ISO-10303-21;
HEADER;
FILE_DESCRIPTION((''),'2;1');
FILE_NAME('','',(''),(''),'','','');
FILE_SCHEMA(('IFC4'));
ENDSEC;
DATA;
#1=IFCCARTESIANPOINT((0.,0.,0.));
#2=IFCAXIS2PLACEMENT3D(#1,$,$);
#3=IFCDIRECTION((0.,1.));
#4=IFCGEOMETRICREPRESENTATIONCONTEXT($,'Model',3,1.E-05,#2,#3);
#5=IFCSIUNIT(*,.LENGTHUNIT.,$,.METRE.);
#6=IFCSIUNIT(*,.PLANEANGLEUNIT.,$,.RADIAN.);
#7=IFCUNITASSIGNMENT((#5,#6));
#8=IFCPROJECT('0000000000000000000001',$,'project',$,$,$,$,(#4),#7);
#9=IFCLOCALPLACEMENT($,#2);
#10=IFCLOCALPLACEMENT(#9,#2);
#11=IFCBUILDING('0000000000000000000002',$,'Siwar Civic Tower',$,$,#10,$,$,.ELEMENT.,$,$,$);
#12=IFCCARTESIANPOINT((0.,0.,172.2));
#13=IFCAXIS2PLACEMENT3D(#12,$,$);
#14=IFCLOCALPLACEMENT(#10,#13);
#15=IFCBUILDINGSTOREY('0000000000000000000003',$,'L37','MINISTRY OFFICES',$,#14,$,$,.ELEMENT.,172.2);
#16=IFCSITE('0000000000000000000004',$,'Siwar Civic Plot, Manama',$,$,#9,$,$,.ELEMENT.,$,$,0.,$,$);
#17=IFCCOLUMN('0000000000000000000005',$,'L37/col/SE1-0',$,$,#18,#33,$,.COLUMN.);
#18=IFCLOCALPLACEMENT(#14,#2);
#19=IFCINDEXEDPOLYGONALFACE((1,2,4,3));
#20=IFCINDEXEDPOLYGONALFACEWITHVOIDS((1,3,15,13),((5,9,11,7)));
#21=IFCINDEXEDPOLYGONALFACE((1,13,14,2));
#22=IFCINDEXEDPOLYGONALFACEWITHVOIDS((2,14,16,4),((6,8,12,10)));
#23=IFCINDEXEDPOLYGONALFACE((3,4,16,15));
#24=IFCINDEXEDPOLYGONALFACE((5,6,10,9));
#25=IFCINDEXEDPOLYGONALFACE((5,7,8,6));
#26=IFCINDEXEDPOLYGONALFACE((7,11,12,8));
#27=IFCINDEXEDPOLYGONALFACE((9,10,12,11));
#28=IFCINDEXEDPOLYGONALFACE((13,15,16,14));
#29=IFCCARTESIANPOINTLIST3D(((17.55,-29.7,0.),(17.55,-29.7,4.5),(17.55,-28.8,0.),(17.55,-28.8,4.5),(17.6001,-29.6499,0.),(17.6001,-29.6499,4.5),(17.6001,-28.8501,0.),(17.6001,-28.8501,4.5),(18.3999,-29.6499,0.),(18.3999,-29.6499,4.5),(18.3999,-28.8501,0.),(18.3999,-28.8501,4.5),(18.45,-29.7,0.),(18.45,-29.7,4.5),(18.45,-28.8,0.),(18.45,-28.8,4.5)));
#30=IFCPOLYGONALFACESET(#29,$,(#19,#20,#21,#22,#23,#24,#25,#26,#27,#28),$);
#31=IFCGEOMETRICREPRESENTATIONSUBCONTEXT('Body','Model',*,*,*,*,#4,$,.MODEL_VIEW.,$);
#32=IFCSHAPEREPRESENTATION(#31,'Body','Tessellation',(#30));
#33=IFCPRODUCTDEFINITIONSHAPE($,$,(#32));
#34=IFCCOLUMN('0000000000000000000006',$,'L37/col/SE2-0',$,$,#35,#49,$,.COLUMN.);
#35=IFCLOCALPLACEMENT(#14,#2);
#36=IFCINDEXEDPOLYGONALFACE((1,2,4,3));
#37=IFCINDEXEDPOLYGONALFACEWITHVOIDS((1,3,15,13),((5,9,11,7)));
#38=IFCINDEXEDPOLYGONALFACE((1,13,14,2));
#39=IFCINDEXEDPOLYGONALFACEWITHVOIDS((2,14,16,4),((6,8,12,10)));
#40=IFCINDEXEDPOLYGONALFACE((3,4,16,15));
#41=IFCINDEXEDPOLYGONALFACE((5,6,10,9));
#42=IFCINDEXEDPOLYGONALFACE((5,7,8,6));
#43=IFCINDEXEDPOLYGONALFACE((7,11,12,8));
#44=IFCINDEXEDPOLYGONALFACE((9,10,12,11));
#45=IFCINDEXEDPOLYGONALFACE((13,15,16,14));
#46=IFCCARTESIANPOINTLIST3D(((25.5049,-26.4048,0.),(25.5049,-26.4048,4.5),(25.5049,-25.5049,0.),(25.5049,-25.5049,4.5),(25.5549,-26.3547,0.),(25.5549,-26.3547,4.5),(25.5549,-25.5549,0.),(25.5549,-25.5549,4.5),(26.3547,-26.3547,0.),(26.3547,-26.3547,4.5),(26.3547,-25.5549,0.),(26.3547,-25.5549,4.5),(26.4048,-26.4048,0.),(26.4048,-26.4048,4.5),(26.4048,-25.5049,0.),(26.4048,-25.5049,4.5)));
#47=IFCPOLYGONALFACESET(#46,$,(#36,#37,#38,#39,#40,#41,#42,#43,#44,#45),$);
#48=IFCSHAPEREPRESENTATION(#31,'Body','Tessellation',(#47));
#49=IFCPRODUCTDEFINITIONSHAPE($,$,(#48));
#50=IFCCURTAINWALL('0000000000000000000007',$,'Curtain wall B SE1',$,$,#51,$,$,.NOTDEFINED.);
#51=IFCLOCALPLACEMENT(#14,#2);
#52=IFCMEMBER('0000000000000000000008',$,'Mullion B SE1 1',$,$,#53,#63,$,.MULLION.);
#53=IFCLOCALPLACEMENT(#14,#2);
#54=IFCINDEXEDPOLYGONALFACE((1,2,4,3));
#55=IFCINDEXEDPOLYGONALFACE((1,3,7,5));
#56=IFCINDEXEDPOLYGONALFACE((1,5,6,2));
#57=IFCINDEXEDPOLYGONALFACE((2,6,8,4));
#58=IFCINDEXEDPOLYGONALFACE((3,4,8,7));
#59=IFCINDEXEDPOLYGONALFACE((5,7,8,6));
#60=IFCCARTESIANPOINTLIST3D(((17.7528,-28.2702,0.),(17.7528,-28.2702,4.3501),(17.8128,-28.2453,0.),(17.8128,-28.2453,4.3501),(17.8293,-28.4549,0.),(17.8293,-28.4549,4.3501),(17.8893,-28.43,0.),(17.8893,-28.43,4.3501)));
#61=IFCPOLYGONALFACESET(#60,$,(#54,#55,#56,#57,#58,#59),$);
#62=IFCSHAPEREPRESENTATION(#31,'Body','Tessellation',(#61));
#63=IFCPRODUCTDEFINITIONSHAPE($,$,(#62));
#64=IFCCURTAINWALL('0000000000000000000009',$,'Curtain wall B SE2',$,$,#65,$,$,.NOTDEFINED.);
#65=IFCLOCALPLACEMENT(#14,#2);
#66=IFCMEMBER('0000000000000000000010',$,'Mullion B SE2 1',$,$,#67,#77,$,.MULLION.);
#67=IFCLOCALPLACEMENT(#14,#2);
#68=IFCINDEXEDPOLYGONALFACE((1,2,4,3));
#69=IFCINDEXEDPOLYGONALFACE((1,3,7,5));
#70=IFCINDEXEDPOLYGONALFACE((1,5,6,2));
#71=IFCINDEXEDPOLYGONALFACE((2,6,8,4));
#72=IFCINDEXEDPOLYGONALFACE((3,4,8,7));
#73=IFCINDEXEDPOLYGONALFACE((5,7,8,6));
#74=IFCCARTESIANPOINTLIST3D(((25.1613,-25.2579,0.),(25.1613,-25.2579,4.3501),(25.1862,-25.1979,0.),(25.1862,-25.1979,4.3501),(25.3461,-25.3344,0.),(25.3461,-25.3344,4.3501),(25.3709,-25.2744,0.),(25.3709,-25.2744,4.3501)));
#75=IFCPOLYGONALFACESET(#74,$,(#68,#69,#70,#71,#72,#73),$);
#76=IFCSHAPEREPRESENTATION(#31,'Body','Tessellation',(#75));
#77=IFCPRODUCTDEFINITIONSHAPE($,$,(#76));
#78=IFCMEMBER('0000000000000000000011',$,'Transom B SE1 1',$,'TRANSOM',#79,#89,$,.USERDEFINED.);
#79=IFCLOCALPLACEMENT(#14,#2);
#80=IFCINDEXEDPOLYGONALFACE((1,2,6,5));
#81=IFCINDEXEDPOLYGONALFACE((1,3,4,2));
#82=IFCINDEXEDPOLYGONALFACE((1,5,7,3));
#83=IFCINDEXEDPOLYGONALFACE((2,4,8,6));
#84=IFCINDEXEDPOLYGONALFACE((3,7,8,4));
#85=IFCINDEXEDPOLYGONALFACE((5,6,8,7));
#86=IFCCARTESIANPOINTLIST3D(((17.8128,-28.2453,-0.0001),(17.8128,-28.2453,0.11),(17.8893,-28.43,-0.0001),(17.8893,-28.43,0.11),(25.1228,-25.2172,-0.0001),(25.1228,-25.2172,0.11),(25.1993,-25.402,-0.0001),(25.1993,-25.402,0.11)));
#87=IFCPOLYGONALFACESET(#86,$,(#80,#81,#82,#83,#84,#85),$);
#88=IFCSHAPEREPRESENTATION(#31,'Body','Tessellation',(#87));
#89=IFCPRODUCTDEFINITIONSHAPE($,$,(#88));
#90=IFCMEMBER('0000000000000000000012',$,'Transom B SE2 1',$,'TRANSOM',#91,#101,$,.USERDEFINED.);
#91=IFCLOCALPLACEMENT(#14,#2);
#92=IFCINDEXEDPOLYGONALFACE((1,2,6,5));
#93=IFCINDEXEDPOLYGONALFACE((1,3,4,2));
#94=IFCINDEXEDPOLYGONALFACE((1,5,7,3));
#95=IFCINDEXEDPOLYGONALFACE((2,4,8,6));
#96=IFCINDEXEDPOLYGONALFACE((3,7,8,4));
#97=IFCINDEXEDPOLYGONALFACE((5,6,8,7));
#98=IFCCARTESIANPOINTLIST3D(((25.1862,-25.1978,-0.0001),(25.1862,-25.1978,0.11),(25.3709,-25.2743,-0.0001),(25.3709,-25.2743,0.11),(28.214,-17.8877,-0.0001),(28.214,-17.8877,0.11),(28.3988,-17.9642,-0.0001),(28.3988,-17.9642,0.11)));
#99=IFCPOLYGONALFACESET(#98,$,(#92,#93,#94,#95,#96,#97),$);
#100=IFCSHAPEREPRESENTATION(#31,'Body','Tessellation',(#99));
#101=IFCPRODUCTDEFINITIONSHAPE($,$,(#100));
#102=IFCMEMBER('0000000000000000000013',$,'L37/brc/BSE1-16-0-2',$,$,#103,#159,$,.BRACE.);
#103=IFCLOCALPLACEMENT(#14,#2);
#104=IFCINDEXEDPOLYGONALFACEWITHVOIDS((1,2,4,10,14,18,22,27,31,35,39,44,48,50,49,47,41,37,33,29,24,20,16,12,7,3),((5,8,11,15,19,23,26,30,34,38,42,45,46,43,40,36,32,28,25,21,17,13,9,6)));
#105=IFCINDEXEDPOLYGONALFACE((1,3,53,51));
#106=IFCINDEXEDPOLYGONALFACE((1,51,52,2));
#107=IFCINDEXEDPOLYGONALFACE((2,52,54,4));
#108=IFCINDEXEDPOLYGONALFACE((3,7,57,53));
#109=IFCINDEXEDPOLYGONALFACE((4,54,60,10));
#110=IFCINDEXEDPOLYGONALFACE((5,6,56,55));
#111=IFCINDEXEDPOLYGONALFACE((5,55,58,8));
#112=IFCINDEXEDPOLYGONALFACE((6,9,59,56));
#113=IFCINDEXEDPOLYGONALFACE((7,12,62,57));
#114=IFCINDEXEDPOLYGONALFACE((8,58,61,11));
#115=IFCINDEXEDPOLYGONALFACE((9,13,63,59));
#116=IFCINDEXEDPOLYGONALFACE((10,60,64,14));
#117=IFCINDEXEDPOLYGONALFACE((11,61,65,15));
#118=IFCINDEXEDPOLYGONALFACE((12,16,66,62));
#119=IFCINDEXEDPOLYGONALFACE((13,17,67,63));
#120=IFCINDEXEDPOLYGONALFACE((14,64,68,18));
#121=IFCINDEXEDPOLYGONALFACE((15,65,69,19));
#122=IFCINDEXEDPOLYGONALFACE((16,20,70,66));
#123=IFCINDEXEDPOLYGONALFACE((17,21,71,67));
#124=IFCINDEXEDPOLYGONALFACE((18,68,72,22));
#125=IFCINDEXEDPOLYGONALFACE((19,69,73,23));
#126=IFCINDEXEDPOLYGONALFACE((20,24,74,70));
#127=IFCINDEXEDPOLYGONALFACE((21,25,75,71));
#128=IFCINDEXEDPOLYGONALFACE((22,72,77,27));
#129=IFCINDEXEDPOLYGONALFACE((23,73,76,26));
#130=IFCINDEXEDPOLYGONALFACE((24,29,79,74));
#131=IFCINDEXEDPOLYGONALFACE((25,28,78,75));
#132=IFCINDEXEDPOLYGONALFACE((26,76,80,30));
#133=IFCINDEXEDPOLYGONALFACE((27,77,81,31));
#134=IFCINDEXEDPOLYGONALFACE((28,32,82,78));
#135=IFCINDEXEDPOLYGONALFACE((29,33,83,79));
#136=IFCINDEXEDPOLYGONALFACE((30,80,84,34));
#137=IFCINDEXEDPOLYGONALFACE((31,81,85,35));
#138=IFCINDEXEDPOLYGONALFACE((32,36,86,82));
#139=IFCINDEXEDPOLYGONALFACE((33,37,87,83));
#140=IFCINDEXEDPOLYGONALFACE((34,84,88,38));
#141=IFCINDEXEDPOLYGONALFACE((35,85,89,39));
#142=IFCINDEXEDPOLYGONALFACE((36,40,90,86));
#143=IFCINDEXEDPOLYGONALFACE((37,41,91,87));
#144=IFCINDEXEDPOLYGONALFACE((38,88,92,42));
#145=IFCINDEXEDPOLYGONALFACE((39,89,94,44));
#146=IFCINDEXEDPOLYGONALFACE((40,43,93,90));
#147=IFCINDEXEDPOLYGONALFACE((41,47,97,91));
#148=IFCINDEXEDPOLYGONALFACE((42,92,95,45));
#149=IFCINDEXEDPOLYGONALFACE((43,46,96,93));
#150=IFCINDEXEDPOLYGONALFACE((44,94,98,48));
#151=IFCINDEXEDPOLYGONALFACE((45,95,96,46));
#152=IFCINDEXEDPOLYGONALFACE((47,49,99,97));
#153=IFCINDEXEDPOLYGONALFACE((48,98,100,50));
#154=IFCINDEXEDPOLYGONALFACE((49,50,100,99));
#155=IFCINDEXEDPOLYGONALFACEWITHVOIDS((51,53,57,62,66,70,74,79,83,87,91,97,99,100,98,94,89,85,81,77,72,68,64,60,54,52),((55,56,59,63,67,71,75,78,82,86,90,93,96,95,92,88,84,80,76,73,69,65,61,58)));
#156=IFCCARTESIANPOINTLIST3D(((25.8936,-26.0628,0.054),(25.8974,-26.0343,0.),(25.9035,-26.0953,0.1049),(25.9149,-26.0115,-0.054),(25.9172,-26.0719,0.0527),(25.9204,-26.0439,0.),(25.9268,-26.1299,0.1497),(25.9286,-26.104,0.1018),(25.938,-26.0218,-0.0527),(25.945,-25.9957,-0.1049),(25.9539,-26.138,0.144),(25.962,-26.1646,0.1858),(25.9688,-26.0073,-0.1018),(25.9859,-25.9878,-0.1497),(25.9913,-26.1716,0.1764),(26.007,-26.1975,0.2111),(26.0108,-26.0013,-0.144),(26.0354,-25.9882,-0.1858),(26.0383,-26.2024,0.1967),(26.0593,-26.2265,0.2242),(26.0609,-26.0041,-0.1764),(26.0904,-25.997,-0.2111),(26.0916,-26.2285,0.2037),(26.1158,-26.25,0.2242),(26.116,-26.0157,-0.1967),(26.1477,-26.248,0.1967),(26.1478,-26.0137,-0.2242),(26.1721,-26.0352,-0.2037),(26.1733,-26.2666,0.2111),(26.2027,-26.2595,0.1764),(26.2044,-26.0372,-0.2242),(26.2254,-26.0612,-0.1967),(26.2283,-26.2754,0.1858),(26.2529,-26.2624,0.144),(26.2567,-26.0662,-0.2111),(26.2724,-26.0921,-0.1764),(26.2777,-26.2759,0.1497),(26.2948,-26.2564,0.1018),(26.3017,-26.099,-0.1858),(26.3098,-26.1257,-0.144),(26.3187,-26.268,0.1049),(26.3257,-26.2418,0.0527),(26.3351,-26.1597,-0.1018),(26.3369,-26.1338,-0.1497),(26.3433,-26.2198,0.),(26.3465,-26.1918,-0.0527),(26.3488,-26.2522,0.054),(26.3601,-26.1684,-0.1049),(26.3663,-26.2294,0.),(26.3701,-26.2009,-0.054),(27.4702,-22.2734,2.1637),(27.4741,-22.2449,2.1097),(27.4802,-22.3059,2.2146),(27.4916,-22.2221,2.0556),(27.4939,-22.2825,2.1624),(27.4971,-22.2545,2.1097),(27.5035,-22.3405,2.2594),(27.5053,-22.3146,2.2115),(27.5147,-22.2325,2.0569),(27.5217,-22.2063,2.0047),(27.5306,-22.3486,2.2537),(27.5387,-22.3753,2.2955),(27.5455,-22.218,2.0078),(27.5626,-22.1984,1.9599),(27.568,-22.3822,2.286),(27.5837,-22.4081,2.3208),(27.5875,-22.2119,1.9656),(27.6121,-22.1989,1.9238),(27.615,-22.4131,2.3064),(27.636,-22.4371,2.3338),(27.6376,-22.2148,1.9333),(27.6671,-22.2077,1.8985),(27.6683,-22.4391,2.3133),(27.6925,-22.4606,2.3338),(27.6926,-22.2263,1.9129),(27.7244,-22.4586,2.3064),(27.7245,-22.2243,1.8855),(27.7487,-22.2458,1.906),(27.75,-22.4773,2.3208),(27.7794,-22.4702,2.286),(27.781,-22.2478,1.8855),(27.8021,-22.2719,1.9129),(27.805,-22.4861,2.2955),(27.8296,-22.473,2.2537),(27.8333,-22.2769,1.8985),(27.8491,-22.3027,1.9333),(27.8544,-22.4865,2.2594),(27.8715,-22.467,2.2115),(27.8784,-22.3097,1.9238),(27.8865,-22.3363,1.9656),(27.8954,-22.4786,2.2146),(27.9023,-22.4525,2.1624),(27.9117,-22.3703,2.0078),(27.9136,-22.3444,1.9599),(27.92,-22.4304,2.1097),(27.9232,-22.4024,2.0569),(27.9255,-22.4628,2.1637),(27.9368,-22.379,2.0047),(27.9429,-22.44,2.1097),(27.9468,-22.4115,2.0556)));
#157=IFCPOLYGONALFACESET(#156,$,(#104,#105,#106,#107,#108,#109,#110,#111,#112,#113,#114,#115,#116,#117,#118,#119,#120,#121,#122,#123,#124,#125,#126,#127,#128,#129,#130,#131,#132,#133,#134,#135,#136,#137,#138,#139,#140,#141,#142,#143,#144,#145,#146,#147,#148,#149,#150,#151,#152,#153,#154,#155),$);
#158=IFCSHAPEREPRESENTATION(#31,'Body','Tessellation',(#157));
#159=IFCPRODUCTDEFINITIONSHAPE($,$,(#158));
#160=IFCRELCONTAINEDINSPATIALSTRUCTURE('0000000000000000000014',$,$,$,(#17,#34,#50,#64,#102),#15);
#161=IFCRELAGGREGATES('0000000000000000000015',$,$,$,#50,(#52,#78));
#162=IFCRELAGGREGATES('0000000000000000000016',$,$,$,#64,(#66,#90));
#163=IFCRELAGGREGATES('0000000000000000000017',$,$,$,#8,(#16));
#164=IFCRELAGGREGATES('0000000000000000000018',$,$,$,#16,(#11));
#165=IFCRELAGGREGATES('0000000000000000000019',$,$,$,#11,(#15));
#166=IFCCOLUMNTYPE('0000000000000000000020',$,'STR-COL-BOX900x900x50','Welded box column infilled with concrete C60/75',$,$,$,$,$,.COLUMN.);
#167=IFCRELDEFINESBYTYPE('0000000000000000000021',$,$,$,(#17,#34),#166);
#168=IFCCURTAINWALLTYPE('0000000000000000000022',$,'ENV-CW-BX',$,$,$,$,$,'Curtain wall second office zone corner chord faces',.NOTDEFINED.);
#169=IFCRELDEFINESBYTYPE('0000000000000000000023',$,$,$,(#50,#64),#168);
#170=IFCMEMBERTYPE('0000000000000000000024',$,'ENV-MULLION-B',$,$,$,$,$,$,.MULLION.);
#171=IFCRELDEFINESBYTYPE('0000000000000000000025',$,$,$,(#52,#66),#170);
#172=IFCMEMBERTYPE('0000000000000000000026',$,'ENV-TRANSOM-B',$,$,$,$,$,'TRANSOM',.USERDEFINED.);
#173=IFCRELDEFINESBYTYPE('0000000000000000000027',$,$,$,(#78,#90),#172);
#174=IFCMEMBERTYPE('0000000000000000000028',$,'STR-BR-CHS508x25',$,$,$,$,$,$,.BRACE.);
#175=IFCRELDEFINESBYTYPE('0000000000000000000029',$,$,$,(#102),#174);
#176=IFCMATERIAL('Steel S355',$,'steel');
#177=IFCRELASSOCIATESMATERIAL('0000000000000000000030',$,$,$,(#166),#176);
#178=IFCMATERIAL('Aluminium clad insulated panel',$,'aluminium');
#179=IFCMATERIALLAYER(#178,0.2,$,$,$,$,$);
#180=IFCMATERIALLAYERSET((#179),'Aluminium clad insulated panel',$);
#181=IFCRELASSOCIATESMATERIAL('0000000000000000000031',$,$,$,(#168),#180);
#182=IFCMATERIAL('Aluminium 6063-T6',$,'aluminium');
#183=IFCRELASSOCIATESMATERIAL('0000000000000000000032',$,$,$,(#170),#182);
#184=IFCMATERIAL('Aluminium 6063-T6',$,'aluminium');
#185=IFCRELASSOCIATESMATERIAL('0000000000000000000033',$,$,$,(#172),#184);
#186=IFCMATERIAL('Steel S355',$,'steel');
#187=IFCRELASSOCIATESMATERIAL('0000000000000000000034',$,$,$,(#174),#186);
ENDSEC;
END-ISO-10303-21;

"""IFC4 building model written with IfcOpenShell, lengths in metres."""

from ifc_helpers import new_model, si_unit, direction, frame, origin, origin_2d, place, context, subcontext, project, spatial, rectangle, hollow_rectangle, hollow_circle, extrude, material, layer, layer_set, material_profile, profile_set, type_object, element, aggregate, save


model = new_model("IFC4")

# Units and contexts
model_context = context("Model", 3, precision=1e-05, world=origin(), true_north=direction((0.0, 1.0)))
body_context = subcontext(model_context, "Body", "Model", "MODEL_VIEW")
ifc_project = project(units=[si_unit("LENGTHUNIT", "METRE"), si_unit("PLANEANGLEUNIT", "RADIAN")], contexts=[model_context])

# Site, building, storey
site_placement = place(None, origin())
site = spatial("IfcSite", under=ifc_project, at=site_placement, Name="Siwar Civic Plot, Manama", CompositionType="ELEMENT", RefElevation=0.0)
building_placement = place(site_placement, origin())
building = spatial("IfcBuilding", under=site, at=building_placement, Name="Siwar Civic Tower", CompositionType="ELEMENT")
storey_placement = place(building_placement, frame((0.0, 0.0, 172.2)))
storey = spatial("IfcBuildingStorey", under=building, at=storey_placement, Name="L37", Description="MINISTRY OFFICES", CompositionType="ELEMENT", Elevation=172.2)

# Columns
ifc_material_1 = material(Name="Steel S355", Category="steel")
ifc_material_profile_1 = material_profile(ifc_material_1, hollow_rectangle(XDim=0.8999, YDim=0.8999, WallThickness=0.05, at=origin_2d()), Name="BOX900x900x50")
ifc_profile_set_1 = profile_set([ifc_material_profile_1], Name="Steel S355")
column_type = type_object("IfcColumnType", Name="STR-COL-BOX900x900x50", Description="Welded box column infilled with concrete C60/75", PredefinedType="COLUMN", material=ifc_profile_set_1)
for number, where, z_axis, x_axis, name in (
    (1, (18.0, -29.25, 0.0), (0.0, 0.0, 1.0), (1.0, 0.0, 0.0), "L37/col/SE1-0"),
    (2, (25.9548, -25.9548, 0.0), (0.0, 0.0, 1.0), (1.0, 0.0, 0.0), "L37/col/SE2-0"),
):
    element("IfcColumn", number, at=place(storey_placement, frame(where, z_axis=z_axis, x_axis=x_axis)), inside=storey, type_object=column_type, Name=name, PredefinedType="COLUMN", context=body_context, shape_type="SweptSolid", body=[
        extrude(hollow_rectangle(XDim=0.8999, YDim=0.8999, WallThickness=0.05, at=origin_2d()), origin(), (0.0, 0.0, 1.0), 4.5),
    ])

# Curtain walls, members
ifc_material_2 = material(Name="Aluminium clad insulated panel", Category="aluminium")
ifc_layer_1 = layer(ifc_material_2, 0.2)
ifc_layer_set_1 = layer_set([ifc_layer_1], Name="Aluminium clad insulated panel")
curtain_wall_type = type_object("IfcCurtainWallType", Name="ENV-CW-BX", ElementType="Curtain wall second office zone corner chord faces", PredefinedType="NOTDEFINED", material=ifc_layer_set_1)
curtain_wall_1_placement = place(storey_placement, origin())
curtain_wall_1 = element("IfcCurtainWall", 3, at=curtain_wall_1_placement, inside=storey, type_object=curtain_wall_type, Name="Curtain wall B SE1", PredefinedType="NOTDEFINED")
ifc_material_3 = material(Name="Aluminium 6063-T6", Category="aluminium")
ifc_material_profile_2 = material_profile(ifc_material_3, rectangle(XDim=0.2, YDim=0.0649, at=origin_2d()), Name="AL 200x65")
ifc_profile_set_2 = profile_set([ifc_material_profile_2], Name="Aluminium 6063-T6")
member_type_1 = type_object("IfcMemberType", Name="ENV-MULLION-B", PredefinedType="MULLION", material=ifc_profile_set_2)
member_1_placement = place(storey_placement, frame((17.821, -28.3501, 0.0), z_axis=(0.0, 0.0, 1.0), x_axis=(-0.382683, 0.92388, 0.0)))
member_1 = element("IfcMember", 4, at=member_1_placement, type_object=member_type_1, Name="Mullion B SE1 1", PredefinedType="MULLION", context=body_context, shape_type="SweptSolid", body=[
    extrude(rectangle(XDim=0.2, YDim=0.0649, at=origin_2d()), origin(), (0.0, 0.0, 1.0), 4.3501),
])
curtain_wall_2_placement = place(storey_placement, origin())
curtain_wall_2 = element("IfcCurtainWall", 5, at=curtain_wall_2_placement, inside=storey, type_object=curtain_wall_type, Name="Curtain wall B SE2", PredefinedType="NOTDEFINED")
member_2_placement = place(storey_placement, frame((25.2661, -25.2661, 0.0), z_axis=(0.0, 0.0, 1.0), x_axis=(-0.92388, 0.382683, 0.0)))
member_2 = element("IfcMember", 6, at=member_2_placement, type_object=member_type_1, Name="Mullion B SE2 1", PredefinedType="MULLION", context=body_context, shape_type="SweptSolid", body=[
    extrude(rectangle(XDim=0.2, YDim=0.0649, at=origin_2d()), origin(), (0.0, 0.0, 1.0), 4.3501),
])

# Members
ifc_material_4 = material(Name="Aluminium 6063-T6", Category="aluminium")
ifc_material_profile_3 = material_profile(ifc_material_4, rectangle(XDim=0.2, YDim=0.1101, at=origin_2d()), Name="AL 200x110")
ifc_profile_set_3 = profile_set([ifc_material_profile_3], Name="Aluminium 6063-T6")
member_type_2 = type_object("IfcMemberType", Name="ENV-TRANSOM-B", ElementType="TRANSOM", PredefinedType="USERDEFINED", material=ifc_profile_set_3)
member_3_placement = place(storey_placement, frame((17.8511, -28.3376, 0.0549), z_axis=(0.923873, 0.3827, 0.0), x_axis=(-0.3827, 0.923873, 0.0)))
member_3 = element("IfcMember", 7, at=member_3_placement, type_object=member_type_2, Name="Transom B SE1 1", ObjectType="TRANSOM", PredefinedType="USERDEFINED", context=body_context, shape_type="SweptSolid", body=[
    extrude(rectangle(XDim=0.2, YDim=0.1101, at=origin_2d()), origin(), (0.0, 0.0, 1.0), 7.9124),
])
member_4_placement = place(storey_placement, frame((25.2786, -25.2361, 0.0549), z_axis=(0.382673, 0.923884, 0.0), x_axis=(-0.923884, 0.382673, 0.0)))
member_4 = element("IfcMember", 8, at=member_4_placement, type_object=member_type_2, Name="Transom B SE2 1", ObjectType="TRANSOM", PredefinedType="USERDEFINED", context=body_context, shape_type="SweptSolid", body=[
    extrude(rectangle(XDim=0.2, YDim=0.1101, at=origin_2d()), origin(), (0.0, 0.0, 1.0), 7.9124),
])

# Member
ifc_material_5 = material(Name="Steel S355", Category="steel")
ifc_material_profile_4 = material_profile(ifc_material_5, hollow_circle(Radius=0.2539, WallThickness=0.0249, at=origin_2d()), Name="CHS508x25")
ifc_profile_set_4 = profile_set([ifc_material_profile_4], Name="Steel S355")
member_type_3 = type_object("IfcMemberType", Name="STR-BR-CHS508x25", PredefinedType="BRACE", material=ifc_profile_set_4)
member_5_placement = place(storey_placement, frame((26.1318, -26.1318, 0.0), z_axis=(0.341662, 0.821143, 0.457155), x_axis=(-0.923269, 0.384155, 0.0)))
element("IfcMember", 9, at=member_5_placement, inside=storey, type_object=member_type_3, Name="L37/brc/BSE1-16-0-2", PredefinedType="BRACE", context=body_context, shape_type="SweptSolid", body=[
    extrude(hollow_circle(Radius=0.2539, WallThickness=0.0249, at=origin_2d()), origin(), (0.0, 0.0, 1.0), 4.6147),
])

aggregate(curtain_wall_1, [member_1, member_3])
aggregate(curtain_wall_2, [member_2, member_4])

save(model, "model.ifc")
